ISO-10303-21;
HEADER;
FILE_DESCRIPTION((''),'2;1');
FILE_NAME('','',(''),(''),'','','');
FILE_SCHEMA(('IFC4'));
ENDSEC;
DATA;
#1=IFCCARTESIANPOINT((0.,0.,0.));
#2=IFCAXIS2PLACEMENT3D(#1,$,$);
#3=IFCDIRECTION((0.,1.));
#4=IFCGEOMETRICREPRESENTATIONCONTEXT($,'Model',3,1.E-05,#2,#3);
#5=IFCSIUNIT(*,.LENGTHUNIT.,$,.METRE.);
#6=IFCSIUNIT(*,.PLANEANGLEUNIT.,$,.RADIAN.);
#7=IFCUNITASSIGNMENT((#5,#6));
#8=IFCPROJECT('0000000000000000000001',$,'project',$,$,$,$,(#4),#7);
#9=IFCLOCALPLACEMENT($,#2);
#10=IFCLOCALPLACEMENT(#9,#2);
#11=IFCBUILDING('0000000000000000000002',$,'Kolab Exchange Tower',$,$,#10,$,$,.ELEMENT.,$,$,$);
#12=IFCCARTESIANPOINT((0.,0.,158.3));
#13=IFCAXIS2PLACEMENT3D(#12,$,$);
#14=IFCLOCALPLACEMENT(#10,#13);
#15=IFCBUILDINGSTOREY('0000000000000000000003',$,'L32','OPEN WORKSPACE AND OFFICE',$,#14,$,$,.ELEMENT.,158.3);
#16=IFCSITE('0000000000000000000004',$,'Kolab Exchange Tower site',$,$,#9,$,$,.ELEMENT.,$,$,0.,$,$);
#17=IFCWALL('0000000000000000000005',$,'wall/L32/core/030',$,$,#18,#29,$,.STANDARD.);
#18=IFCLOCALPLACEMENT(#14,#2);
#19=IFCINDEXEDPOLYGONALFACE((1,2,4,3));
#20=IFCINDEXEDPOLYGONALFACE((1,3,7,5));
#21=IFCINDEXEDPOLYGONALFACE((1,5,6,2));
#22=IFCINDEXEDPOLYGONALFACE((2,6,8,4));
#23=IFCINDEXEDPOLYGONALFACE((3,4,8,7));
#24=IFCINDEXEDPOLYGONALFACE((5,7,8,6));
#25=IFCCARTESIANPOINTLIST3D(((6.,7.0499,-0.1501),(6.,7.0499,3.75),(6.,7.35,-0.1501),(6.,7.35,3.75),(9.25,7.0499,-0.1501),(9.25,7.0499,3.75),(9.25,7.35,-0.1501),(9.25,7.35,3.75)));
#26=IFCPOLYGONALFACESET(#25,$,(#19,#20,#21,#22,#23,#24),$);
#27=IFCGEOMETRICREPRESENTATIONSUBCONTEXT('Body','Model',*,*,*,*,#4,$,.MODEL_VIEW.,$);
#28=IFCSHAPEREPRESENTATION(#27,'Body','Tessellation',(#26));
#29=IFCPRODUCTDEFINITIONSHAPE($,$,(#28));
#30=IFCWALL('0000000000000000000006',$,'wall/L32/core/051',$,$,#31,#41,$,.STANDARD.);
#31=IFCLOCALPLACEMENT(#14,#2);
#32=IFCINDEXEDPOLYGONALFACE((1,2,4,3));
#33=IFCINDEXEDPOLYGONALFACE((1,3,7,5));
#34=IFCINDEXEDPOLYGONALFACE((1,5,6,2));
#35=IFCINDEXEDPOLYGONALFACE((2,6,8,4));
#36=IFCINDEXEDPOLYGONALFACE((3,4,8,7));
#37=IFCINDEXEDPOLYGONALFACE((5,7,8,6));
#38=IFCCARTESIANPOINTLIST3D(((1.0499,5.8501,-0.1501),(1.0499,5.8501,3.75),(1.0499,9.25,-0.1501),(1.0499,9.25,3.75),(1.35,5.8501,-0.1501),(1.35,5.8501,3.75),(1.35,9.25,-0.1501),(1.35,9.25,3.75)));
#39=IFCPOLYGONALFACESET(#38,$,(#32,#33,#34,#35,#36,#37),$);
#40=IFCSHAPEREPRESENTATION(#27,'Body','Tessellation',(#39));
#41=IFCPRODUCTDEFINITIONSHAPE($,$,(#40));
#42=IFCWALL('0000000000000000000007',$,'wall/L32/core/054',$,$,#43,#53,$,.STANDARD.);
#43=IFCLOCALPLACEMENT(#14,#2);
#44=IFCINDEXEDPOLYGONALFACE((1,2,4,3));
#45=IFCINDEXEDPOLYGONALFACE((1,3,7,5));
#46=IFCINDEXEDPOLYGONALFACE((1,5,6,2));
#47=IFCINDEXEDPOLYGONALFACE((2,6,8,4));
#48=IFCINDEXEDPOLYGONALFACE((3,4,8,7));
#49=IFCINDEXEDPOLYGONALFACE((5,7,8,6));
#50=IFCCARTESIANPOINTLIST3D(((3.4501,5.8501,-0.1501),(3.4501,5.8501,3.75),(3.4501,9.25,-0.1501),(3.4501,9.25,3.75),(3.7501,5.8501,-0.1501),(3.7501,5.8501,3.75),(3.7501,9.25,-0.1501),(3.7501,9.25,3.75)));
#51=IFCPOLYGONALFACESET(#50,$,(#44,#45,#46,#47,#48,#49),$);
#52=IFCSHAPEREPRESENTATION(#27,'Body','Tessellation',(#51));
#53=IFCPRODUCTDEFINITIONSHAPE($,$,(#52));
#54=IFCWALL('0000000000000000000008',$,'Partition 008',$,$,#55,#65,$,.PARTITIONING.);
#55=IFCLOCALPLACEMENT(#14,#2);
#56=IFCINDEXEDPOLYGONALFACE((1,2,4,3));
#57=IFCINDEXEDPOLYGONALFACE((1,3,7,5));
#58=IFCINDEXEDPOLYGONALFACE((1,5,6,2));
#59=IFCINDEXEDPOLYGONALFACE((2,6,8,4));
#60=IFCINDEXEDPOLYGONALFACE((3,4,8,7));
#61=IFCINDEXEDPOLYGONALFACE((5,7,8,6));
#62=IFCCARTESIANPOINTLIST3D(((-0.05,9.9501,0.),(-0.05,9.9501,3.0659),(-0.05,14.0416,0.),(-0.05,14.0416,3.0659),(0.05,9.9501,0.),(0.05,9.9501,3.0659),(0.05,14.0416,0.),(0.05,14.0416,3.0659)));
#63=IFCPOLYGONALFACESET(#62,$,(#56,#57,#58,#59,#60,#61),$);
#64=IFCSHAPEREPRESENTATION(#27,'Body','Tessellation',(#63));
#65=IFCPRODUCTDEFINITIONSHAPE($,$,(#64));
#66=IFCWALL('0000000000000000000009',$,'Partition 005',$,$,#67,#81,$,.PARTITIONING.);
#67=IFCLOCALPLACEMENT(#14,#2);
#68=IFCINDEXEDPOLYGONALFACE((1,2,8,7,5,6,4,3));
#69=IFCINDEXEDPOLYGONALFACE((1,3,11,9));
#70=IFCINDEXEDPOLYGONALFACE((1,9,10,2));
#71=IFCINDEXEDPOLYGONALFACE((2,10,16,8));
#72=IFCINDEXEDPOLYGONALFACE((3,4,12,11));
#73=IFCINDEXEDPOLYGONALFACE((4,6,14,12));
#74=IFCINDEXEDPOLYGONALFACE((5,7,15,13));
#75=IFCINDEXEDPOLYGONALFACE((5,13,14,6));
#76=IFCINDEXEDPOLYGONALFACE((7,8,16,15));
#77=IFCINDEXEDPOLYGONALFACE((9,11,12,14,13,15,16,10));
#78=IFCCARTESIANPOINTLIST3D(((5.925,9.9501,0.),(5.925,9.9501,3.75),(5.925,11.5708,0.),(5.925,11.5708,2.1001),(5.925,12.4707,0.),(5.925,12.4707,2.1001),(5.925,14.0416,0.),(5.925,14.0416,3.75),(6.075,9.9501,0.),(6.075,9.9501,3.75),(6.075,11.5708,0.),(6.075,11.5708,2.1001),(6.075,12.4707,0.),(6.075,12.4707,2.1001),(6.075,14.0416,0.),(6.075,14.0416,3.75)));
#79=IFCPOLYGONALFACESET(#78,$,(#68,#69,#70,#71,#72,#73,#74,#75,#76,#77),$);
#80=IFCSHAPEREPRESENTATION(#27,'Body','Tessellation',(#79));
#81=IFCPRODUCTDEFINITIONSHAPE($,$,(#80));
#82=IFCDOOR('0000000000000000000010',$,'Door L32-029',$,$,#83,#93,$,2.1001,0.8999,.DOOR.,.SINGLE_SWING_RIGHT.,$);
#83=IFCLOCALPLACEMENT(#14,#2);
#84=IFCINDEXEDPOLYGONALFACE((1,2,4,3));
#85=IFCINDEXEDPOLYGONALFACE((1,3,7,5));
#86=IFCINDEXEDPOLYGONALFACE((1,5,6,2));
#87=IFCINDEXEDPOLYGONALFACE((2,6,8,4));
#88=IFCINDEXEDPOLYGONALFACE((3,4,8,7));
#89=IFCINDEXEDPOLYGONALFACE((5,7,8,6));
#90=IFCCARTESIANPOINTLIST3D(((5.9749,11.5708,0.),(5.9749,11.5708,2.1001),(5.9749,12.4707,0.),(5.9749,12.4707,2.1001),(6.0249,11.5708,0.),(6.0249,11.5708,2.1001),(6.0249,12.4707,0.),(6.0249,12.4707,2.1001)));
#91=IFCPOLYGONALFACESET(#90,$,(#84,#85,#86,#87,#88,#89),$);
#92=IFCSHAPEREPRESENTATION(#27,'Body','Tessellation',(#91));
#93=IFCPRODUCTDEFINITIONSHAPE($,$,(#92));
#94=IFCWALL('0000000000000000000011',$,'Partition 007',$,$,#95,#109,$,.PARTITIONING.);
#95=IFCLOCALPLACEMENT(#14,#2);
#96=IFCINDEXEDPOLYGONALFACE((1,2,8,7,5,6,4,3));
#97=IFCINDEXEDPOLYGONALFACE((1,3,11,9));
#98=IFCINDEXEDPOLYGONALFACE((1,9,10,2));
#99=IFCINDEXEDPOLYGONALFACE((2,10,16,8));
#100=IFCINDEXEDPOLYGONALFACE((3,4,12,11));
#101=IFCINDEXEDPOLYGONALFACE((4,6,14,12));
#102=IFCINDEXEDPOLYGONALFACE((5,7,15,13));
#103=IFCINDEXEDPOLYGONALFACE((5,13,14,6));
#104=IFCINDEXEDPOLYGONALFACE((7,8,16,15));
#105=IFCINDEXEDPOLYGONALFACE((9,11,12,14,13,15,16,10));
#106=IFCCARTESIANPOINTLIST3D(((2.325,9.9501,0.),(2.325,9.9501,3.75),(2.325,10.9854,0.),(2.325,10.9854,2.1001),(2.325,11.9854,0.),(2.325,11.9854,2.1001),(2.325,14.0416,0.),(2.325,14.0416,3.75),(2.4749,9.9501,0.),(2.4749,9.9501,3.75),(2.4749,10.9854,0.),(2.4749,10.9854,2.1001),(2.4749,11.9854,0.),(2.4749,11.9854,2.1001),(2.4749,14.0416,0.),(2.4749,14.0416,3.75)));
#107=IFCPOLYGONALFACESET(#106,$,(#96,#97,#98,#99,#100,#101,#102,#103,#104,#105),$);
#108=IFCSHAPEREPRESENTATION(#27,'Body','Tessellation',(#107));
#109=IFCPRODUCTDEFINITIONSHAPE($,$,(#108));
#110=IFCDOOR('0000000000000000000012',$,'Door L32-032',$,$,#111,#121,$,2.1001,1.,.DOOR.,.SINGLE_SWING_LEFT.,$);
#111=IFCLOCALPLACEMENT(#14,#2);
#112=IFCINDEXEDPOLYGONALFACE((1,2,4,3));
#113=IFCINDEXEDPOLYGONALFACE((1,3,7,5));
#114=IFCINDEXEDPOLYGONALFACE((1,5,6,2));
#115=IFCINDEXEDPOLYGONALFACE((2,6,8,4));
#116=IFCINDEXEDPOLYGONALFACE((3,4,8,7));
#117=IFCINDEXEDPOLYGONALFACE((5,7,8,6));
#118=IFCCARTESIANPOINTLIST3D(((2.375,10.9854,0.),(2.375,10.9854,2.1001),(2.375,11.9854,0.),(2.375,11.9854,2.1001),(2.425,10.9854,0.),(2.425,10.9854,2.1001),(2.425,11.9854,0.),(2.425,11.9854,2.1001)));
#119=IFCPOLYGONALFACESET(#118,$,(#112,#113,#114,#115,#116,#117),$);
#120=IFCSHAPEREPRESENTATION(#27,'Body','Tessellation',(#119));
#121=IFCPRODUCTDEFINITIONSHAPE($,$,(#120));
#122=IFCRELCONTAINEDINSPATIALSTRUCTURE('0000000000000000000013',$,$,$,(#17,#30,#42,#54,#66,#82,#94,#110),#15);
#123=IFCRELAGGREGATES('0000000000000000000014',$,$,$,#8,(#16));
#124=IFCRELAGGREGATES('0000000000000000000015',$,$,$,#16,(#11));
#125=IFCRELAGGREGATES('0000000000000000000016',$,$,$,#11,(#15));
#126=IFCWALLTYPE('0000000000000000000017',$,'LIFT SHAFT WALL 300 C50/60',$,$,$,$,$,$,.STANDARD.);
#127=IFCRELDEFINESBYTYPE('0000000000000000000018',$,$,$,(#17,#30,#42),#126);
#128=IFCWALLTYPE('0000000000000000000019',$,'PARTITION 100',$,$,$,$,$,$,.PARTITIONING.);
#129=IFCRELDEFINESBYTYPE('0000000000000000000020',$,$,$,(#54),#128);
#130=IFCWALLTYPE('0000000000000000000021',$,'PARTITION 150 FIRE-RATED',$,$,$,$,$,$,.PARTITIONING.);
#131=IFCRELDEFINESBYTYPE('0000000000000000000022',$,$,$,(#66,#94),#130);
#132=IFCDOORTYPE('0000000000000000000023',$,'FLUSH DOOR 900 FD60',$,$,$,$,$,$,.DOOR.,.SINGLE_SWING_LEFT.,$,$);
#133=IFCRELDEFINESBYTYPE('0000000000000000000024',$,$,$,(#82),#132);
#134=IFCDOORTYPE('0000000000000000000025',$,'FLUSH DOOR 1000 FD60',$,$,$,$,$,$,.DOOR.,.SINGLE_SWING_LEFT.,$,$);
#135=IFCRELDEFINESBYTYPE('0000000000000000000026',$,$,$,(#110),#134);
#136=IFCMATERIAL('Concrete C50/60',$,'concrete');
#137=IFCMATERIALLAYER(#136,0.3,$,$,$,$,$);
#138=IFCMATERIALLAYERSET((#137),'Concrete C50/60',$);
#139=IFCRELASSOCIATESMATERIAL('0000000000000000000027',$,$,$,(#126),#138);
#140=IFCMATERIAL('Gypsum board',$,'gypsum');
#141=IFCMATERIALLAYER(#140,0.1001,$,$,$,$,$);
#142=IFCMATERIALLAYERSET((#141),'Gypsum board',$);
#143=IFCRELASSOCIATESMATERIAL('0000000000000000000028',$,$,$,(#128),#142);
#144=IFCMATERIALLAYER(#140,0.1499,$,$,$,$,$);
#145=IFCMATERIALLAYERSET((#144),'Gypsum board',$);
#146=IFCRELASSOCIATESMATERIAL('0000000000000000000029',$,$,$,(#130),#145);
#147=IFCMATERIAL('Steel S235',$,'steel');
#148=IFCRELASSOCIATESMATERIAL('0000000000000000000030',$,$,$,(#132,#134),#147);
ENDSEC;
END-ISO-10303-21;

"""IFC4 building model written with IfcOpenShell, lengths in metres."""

from ifc_helpers import new_model, si_unit, direction, frame, frame_2d, origin, place, context, subcontext, project, spatial, rectangle, extrude, material, layer, layer_set, type_object, element, fill, save


model = new_model("IFC4")

# Units and contexts
model_context = context("Model", 3, precision=1e-05, world=origin(), true_north=direction((0.0, 1.0)))
body_context = subcontext(model_context, "Body", "Model", "MODEL_VIEW")
ifc_project = project(units=[si_unit("LENGTHUNIT", "METRE"), si_unit("PLANEANGLEUNIT", "RADIAN")], contexts=[model_context])

# Site, building, storey
site_placement = place(None, origin())
site = spatial("IfcSite", under=ifc_project, at=site_placement, Name="Kolab Exchange Tower site", CompositionType="ELEMENT", RefElevation=0.0)
building_placement = place(site_placement, origin())
building = spatial("IfcBuilding", under=site, at=building_placement, Name="Kolab Exchange Tower", CompositionType="ELEMENT")
storey_placement = place(building_placement, frame((0.0, 0.0, 158.3)))
storey = spatial("IfcBuildingStorey", under=building, at=storey_placement, Name="L32", Description="OPEN WORKSPACE AND OFFICE", CompositionType="ELEMENT", Elevation=158.3)

# Shared definitions
ifc_material_1 = material(Name="Concrete C50/60", Category="concrete")

# Shared definitions
ifc_layer_1 = layer(ifc_material_1, 0.3)
ifc_layer_set_1 = layer_set([ifc_layer_1], Name="Concrete C50/60")
wall_type_1 = type_object("IfcWallType", Name="LIFT SHAFT WALL 300 C50/60", PredefinedType="STANDARD", material=ifc_layer_set_1)

# Walls
wall_1_placement = place(storey_placement, frame((6.0, 7.2, -0.1501), z_axis=(0.0, 0.0, 1.0), x_axis=(1.0, 0.0, 0.0)))
element("IfcWall", 1, at=wall_1_placement, inside=storey, type_object=wall_type_1, Name="wall/L32/core/030", PredefinedType="STANDARD", context=body_context, shape_type="SweptSolid", body=[
    extrude(rectangle(XDim=3.25, YDim=0.3, at=frame_2d((1.625, 0.0))), origin(), (0.0, 0.0, 1.0), 3.9001),
])
for number, where, z_axis, x_axis, name in (
    (2, (1.2, 5.8501, -0.1501), (0.0, 0.0, 1.0), (0.0, 1.0, 0.0), "wall/L32/core/051"),
    (3, (3.6001, 5.8501, -0.1501), (0.0, 0.0, 1.0), (0.0, 1.0, 0.0), "wall/L32/core/054"),
):
    element("IfcWall", number, at=place(storey_placement, frame(where, z_axis=z_axis, x_axis=x_axis)), inside=storey, type_object=wall_type_1, Name=name, PredefinedType="STANDARD", context=body_context, shape_type="SweptSolid", body=[
        extrude(rectangle(XDim=3.3999, YDim=0.3, at=frame_2d((1.7, 0.0))), origin(), (0.0, 0.0, 1.0), 3.9001),
    ])
ifc_material_2 = material(Name="Gypsum board", Category="gypsum")
ifc_layer_2 = layer(ifc_material_2, 0.1001)
ifc_layer_set_2 = layer_set([ifc_layer_2], Name="Gypsum board")
wall_type_2 = type_object("IfcWallType", Name="PARTITION 100", PredefinedType="PARTITIONING", material=ifc_layer_set_2)
wall_2_placement = place(storey_placement, frame((0.0, 9.95, 0.0), z_axis=(0.0, 0.0, 1.0), x_axis=(0.0, 1.0, 0.0)))
element("IfcWall", 4, at=wall_2_placement, inside=storey, type_object=wall_type_2, Name="Partition 008", PredefinedType="PARTITIONING", context=body_context, shape_type="SweptSolid", body=[
    extrude(rectangle(XDim=4.0916, YDim=0.1001, at=frame_2d((2.0459, 0.0))), origin(), (0.0, 0.0, 1.0), 3.0659),
])

# Walls, openings, doors
ifc_layer_3 = layer(ifc_material_2, 0.1499)
ifc_layer_set_3 = layer_set([ifc_layer_3], Name="Gypsum board")
wall_type_3 = type_object("IfcWallType", Name="PARTITION 150 FIRE-RATED", PredefinedType="PARTITIONING", material=ifc_layer_set_3)
wall_3_placement = place(storey_placement, frame((6.0, 9.95, 0.0), z_axis=(0.0, 0.0, 1.0), x_axis=(0.0, 1.0, 0.0)))
wall_3 = element("IfcWall", 5, at=wall_3_placement, inside=storey, type_object=wall_type_3, Name="Partition 005", PredefinedType="PARTITIONING", context=body_context, shape_type="SweptSolid", body=[
    extrude(rectangle(XDim=4.0916, YDim=0.1499, at=frame_2d((2.0459, 0.0))), origin(), (0.0, 0.0, 1.0), 3.75),
])
opening_1_placement = place(wall_3_placement, frame((1.6208, 0.0, 0.0)))
opening_1 = element("IfcOpeningElement", 6, at=opening_1_placement, cuts=wall_3, PredefinedType="OPENING", context=body_context, shape_type="SweptSolid", body=[
    extrude(rectangle(XDim=0.8999, YDim=2.1001, at=frame_2d((0.45, 1.05))), frame((0.0, 0.085, 0.0), z_axis=(0.0, -1.0, 0.0), x_axis=(1.0, 0.0, 0.0)), (0.0, 0.0, 1.0), 0.1699),
])
ifc_material_3 = material(Name="Steel S235", Category="steel")
door_type_1 = type_object("IfcDoorType", Name="FLUSH DOOR 900 FD60", OperationType="SINGLE_SWING_LEFT", PredefinedType="DOOR", material=ifc_material_3)
door_1_placement = place(opening_1_placement, frame((0.8999, 0.0, 0.0), z_axis=(0.0, 0.0, 1.0), x_axis=(-1.0, 0.0, 0.0)))
door_1 = element("IfcDoor", 7, at=door_1_placement, inside=storey, type_object=door_type_1, Name="Door L32-029", OperationType="SINGLE_SWING_RIGHT", OverallHeight=2.1001, OverallWidth=0.8999, PredefinedType="DOOR", context=body_context, shape_type="SweptSolid", body=[
    extrude(rectangle(XDim=0.8999, YDim=2.1001, at=frame_2d((0.45, 1.05))), frame((0.0, 0.0249, 0.0), z_axis=(0.0, -1.0, 0.0), x_axis=(1.0, 0.0, 0.0)), (0.0, 0.0, 1.0), 0.05),
])
fill(opening_1, door_1)
wall_4_placement = place(storey_placement, frame((2.3999, 9.95, 0.0), z_axis=(0.0, 0.0, 1.0), x_axis=(0.0, 1.0, 0.0)))
wall_4 = element("IfcWall", 8, at=wall_4_placement, inside=storey, type_object=wall_type_3, Name="Partition 007", PredefinedType="PARTITIONING", context=body_context, shape_type="SweptSolid", body=[
    extrude(rectangle(XDim=4.0916, YDim=0.1499, at=frame_2d((2.0459, 0.0))), origin(), (0.0, 0.0, 1.0), 3.75),
])
opening_2_placement = place(wall_4_placement, frame((1.0354, 0.0, 0.0)))
opening_2 = element("IfcOpeningElement", 9, at=opening_2_placement, cuts=wall_4, PredefinedType="OPENING", context=body_context, shape_type="SweptSolid", body=[
    extrude(rectangle(XDim=1.0, YDim=2.1001, at=frame_2d((0.5, 1.05))), frame((0.0, 0.085, 0.0), z_axis=(0.0, -1.0, 0.0), x_axis=(1.0, 0.0, 0.0)), (0.0, 0.0, 1.0), 0.1699),
])
door_type_2 = type_object("IfcDoorType", Name="FLUSH DOOR 1000 FD60", OperationType="SINGLE_SWING_LEFT", PredefinedType="DOOR", material=ifc_material_3)
door_2_placement = place(opening_2_placement, origin())
door_2 = element("IfcDoor", 10, at=door_2_placement, inside=storey, type_object=door_type_2, Name="Door L32-032", OperationType="SINGLE_SWING_LEFT", OverallHeight=2.1001, OverallWidth=1.0, PredefinedType="DOOR", context=body_context, shape_type="SweptSolid", body=[
    extrude(rectangle(XDim=1.0, YDim=2.1001, at=frame_2d((0.5, 1.05))), frame((0.0, 0.0249, 0.0), z_axis=(0.0, -1.0, 0.0), x_axis=(1.0, 0.0, 0.0)), (0.0, 0.0, 1.0), 0.05),
])
fill(opening_2, door_2)

save(model, "model.ifc")
